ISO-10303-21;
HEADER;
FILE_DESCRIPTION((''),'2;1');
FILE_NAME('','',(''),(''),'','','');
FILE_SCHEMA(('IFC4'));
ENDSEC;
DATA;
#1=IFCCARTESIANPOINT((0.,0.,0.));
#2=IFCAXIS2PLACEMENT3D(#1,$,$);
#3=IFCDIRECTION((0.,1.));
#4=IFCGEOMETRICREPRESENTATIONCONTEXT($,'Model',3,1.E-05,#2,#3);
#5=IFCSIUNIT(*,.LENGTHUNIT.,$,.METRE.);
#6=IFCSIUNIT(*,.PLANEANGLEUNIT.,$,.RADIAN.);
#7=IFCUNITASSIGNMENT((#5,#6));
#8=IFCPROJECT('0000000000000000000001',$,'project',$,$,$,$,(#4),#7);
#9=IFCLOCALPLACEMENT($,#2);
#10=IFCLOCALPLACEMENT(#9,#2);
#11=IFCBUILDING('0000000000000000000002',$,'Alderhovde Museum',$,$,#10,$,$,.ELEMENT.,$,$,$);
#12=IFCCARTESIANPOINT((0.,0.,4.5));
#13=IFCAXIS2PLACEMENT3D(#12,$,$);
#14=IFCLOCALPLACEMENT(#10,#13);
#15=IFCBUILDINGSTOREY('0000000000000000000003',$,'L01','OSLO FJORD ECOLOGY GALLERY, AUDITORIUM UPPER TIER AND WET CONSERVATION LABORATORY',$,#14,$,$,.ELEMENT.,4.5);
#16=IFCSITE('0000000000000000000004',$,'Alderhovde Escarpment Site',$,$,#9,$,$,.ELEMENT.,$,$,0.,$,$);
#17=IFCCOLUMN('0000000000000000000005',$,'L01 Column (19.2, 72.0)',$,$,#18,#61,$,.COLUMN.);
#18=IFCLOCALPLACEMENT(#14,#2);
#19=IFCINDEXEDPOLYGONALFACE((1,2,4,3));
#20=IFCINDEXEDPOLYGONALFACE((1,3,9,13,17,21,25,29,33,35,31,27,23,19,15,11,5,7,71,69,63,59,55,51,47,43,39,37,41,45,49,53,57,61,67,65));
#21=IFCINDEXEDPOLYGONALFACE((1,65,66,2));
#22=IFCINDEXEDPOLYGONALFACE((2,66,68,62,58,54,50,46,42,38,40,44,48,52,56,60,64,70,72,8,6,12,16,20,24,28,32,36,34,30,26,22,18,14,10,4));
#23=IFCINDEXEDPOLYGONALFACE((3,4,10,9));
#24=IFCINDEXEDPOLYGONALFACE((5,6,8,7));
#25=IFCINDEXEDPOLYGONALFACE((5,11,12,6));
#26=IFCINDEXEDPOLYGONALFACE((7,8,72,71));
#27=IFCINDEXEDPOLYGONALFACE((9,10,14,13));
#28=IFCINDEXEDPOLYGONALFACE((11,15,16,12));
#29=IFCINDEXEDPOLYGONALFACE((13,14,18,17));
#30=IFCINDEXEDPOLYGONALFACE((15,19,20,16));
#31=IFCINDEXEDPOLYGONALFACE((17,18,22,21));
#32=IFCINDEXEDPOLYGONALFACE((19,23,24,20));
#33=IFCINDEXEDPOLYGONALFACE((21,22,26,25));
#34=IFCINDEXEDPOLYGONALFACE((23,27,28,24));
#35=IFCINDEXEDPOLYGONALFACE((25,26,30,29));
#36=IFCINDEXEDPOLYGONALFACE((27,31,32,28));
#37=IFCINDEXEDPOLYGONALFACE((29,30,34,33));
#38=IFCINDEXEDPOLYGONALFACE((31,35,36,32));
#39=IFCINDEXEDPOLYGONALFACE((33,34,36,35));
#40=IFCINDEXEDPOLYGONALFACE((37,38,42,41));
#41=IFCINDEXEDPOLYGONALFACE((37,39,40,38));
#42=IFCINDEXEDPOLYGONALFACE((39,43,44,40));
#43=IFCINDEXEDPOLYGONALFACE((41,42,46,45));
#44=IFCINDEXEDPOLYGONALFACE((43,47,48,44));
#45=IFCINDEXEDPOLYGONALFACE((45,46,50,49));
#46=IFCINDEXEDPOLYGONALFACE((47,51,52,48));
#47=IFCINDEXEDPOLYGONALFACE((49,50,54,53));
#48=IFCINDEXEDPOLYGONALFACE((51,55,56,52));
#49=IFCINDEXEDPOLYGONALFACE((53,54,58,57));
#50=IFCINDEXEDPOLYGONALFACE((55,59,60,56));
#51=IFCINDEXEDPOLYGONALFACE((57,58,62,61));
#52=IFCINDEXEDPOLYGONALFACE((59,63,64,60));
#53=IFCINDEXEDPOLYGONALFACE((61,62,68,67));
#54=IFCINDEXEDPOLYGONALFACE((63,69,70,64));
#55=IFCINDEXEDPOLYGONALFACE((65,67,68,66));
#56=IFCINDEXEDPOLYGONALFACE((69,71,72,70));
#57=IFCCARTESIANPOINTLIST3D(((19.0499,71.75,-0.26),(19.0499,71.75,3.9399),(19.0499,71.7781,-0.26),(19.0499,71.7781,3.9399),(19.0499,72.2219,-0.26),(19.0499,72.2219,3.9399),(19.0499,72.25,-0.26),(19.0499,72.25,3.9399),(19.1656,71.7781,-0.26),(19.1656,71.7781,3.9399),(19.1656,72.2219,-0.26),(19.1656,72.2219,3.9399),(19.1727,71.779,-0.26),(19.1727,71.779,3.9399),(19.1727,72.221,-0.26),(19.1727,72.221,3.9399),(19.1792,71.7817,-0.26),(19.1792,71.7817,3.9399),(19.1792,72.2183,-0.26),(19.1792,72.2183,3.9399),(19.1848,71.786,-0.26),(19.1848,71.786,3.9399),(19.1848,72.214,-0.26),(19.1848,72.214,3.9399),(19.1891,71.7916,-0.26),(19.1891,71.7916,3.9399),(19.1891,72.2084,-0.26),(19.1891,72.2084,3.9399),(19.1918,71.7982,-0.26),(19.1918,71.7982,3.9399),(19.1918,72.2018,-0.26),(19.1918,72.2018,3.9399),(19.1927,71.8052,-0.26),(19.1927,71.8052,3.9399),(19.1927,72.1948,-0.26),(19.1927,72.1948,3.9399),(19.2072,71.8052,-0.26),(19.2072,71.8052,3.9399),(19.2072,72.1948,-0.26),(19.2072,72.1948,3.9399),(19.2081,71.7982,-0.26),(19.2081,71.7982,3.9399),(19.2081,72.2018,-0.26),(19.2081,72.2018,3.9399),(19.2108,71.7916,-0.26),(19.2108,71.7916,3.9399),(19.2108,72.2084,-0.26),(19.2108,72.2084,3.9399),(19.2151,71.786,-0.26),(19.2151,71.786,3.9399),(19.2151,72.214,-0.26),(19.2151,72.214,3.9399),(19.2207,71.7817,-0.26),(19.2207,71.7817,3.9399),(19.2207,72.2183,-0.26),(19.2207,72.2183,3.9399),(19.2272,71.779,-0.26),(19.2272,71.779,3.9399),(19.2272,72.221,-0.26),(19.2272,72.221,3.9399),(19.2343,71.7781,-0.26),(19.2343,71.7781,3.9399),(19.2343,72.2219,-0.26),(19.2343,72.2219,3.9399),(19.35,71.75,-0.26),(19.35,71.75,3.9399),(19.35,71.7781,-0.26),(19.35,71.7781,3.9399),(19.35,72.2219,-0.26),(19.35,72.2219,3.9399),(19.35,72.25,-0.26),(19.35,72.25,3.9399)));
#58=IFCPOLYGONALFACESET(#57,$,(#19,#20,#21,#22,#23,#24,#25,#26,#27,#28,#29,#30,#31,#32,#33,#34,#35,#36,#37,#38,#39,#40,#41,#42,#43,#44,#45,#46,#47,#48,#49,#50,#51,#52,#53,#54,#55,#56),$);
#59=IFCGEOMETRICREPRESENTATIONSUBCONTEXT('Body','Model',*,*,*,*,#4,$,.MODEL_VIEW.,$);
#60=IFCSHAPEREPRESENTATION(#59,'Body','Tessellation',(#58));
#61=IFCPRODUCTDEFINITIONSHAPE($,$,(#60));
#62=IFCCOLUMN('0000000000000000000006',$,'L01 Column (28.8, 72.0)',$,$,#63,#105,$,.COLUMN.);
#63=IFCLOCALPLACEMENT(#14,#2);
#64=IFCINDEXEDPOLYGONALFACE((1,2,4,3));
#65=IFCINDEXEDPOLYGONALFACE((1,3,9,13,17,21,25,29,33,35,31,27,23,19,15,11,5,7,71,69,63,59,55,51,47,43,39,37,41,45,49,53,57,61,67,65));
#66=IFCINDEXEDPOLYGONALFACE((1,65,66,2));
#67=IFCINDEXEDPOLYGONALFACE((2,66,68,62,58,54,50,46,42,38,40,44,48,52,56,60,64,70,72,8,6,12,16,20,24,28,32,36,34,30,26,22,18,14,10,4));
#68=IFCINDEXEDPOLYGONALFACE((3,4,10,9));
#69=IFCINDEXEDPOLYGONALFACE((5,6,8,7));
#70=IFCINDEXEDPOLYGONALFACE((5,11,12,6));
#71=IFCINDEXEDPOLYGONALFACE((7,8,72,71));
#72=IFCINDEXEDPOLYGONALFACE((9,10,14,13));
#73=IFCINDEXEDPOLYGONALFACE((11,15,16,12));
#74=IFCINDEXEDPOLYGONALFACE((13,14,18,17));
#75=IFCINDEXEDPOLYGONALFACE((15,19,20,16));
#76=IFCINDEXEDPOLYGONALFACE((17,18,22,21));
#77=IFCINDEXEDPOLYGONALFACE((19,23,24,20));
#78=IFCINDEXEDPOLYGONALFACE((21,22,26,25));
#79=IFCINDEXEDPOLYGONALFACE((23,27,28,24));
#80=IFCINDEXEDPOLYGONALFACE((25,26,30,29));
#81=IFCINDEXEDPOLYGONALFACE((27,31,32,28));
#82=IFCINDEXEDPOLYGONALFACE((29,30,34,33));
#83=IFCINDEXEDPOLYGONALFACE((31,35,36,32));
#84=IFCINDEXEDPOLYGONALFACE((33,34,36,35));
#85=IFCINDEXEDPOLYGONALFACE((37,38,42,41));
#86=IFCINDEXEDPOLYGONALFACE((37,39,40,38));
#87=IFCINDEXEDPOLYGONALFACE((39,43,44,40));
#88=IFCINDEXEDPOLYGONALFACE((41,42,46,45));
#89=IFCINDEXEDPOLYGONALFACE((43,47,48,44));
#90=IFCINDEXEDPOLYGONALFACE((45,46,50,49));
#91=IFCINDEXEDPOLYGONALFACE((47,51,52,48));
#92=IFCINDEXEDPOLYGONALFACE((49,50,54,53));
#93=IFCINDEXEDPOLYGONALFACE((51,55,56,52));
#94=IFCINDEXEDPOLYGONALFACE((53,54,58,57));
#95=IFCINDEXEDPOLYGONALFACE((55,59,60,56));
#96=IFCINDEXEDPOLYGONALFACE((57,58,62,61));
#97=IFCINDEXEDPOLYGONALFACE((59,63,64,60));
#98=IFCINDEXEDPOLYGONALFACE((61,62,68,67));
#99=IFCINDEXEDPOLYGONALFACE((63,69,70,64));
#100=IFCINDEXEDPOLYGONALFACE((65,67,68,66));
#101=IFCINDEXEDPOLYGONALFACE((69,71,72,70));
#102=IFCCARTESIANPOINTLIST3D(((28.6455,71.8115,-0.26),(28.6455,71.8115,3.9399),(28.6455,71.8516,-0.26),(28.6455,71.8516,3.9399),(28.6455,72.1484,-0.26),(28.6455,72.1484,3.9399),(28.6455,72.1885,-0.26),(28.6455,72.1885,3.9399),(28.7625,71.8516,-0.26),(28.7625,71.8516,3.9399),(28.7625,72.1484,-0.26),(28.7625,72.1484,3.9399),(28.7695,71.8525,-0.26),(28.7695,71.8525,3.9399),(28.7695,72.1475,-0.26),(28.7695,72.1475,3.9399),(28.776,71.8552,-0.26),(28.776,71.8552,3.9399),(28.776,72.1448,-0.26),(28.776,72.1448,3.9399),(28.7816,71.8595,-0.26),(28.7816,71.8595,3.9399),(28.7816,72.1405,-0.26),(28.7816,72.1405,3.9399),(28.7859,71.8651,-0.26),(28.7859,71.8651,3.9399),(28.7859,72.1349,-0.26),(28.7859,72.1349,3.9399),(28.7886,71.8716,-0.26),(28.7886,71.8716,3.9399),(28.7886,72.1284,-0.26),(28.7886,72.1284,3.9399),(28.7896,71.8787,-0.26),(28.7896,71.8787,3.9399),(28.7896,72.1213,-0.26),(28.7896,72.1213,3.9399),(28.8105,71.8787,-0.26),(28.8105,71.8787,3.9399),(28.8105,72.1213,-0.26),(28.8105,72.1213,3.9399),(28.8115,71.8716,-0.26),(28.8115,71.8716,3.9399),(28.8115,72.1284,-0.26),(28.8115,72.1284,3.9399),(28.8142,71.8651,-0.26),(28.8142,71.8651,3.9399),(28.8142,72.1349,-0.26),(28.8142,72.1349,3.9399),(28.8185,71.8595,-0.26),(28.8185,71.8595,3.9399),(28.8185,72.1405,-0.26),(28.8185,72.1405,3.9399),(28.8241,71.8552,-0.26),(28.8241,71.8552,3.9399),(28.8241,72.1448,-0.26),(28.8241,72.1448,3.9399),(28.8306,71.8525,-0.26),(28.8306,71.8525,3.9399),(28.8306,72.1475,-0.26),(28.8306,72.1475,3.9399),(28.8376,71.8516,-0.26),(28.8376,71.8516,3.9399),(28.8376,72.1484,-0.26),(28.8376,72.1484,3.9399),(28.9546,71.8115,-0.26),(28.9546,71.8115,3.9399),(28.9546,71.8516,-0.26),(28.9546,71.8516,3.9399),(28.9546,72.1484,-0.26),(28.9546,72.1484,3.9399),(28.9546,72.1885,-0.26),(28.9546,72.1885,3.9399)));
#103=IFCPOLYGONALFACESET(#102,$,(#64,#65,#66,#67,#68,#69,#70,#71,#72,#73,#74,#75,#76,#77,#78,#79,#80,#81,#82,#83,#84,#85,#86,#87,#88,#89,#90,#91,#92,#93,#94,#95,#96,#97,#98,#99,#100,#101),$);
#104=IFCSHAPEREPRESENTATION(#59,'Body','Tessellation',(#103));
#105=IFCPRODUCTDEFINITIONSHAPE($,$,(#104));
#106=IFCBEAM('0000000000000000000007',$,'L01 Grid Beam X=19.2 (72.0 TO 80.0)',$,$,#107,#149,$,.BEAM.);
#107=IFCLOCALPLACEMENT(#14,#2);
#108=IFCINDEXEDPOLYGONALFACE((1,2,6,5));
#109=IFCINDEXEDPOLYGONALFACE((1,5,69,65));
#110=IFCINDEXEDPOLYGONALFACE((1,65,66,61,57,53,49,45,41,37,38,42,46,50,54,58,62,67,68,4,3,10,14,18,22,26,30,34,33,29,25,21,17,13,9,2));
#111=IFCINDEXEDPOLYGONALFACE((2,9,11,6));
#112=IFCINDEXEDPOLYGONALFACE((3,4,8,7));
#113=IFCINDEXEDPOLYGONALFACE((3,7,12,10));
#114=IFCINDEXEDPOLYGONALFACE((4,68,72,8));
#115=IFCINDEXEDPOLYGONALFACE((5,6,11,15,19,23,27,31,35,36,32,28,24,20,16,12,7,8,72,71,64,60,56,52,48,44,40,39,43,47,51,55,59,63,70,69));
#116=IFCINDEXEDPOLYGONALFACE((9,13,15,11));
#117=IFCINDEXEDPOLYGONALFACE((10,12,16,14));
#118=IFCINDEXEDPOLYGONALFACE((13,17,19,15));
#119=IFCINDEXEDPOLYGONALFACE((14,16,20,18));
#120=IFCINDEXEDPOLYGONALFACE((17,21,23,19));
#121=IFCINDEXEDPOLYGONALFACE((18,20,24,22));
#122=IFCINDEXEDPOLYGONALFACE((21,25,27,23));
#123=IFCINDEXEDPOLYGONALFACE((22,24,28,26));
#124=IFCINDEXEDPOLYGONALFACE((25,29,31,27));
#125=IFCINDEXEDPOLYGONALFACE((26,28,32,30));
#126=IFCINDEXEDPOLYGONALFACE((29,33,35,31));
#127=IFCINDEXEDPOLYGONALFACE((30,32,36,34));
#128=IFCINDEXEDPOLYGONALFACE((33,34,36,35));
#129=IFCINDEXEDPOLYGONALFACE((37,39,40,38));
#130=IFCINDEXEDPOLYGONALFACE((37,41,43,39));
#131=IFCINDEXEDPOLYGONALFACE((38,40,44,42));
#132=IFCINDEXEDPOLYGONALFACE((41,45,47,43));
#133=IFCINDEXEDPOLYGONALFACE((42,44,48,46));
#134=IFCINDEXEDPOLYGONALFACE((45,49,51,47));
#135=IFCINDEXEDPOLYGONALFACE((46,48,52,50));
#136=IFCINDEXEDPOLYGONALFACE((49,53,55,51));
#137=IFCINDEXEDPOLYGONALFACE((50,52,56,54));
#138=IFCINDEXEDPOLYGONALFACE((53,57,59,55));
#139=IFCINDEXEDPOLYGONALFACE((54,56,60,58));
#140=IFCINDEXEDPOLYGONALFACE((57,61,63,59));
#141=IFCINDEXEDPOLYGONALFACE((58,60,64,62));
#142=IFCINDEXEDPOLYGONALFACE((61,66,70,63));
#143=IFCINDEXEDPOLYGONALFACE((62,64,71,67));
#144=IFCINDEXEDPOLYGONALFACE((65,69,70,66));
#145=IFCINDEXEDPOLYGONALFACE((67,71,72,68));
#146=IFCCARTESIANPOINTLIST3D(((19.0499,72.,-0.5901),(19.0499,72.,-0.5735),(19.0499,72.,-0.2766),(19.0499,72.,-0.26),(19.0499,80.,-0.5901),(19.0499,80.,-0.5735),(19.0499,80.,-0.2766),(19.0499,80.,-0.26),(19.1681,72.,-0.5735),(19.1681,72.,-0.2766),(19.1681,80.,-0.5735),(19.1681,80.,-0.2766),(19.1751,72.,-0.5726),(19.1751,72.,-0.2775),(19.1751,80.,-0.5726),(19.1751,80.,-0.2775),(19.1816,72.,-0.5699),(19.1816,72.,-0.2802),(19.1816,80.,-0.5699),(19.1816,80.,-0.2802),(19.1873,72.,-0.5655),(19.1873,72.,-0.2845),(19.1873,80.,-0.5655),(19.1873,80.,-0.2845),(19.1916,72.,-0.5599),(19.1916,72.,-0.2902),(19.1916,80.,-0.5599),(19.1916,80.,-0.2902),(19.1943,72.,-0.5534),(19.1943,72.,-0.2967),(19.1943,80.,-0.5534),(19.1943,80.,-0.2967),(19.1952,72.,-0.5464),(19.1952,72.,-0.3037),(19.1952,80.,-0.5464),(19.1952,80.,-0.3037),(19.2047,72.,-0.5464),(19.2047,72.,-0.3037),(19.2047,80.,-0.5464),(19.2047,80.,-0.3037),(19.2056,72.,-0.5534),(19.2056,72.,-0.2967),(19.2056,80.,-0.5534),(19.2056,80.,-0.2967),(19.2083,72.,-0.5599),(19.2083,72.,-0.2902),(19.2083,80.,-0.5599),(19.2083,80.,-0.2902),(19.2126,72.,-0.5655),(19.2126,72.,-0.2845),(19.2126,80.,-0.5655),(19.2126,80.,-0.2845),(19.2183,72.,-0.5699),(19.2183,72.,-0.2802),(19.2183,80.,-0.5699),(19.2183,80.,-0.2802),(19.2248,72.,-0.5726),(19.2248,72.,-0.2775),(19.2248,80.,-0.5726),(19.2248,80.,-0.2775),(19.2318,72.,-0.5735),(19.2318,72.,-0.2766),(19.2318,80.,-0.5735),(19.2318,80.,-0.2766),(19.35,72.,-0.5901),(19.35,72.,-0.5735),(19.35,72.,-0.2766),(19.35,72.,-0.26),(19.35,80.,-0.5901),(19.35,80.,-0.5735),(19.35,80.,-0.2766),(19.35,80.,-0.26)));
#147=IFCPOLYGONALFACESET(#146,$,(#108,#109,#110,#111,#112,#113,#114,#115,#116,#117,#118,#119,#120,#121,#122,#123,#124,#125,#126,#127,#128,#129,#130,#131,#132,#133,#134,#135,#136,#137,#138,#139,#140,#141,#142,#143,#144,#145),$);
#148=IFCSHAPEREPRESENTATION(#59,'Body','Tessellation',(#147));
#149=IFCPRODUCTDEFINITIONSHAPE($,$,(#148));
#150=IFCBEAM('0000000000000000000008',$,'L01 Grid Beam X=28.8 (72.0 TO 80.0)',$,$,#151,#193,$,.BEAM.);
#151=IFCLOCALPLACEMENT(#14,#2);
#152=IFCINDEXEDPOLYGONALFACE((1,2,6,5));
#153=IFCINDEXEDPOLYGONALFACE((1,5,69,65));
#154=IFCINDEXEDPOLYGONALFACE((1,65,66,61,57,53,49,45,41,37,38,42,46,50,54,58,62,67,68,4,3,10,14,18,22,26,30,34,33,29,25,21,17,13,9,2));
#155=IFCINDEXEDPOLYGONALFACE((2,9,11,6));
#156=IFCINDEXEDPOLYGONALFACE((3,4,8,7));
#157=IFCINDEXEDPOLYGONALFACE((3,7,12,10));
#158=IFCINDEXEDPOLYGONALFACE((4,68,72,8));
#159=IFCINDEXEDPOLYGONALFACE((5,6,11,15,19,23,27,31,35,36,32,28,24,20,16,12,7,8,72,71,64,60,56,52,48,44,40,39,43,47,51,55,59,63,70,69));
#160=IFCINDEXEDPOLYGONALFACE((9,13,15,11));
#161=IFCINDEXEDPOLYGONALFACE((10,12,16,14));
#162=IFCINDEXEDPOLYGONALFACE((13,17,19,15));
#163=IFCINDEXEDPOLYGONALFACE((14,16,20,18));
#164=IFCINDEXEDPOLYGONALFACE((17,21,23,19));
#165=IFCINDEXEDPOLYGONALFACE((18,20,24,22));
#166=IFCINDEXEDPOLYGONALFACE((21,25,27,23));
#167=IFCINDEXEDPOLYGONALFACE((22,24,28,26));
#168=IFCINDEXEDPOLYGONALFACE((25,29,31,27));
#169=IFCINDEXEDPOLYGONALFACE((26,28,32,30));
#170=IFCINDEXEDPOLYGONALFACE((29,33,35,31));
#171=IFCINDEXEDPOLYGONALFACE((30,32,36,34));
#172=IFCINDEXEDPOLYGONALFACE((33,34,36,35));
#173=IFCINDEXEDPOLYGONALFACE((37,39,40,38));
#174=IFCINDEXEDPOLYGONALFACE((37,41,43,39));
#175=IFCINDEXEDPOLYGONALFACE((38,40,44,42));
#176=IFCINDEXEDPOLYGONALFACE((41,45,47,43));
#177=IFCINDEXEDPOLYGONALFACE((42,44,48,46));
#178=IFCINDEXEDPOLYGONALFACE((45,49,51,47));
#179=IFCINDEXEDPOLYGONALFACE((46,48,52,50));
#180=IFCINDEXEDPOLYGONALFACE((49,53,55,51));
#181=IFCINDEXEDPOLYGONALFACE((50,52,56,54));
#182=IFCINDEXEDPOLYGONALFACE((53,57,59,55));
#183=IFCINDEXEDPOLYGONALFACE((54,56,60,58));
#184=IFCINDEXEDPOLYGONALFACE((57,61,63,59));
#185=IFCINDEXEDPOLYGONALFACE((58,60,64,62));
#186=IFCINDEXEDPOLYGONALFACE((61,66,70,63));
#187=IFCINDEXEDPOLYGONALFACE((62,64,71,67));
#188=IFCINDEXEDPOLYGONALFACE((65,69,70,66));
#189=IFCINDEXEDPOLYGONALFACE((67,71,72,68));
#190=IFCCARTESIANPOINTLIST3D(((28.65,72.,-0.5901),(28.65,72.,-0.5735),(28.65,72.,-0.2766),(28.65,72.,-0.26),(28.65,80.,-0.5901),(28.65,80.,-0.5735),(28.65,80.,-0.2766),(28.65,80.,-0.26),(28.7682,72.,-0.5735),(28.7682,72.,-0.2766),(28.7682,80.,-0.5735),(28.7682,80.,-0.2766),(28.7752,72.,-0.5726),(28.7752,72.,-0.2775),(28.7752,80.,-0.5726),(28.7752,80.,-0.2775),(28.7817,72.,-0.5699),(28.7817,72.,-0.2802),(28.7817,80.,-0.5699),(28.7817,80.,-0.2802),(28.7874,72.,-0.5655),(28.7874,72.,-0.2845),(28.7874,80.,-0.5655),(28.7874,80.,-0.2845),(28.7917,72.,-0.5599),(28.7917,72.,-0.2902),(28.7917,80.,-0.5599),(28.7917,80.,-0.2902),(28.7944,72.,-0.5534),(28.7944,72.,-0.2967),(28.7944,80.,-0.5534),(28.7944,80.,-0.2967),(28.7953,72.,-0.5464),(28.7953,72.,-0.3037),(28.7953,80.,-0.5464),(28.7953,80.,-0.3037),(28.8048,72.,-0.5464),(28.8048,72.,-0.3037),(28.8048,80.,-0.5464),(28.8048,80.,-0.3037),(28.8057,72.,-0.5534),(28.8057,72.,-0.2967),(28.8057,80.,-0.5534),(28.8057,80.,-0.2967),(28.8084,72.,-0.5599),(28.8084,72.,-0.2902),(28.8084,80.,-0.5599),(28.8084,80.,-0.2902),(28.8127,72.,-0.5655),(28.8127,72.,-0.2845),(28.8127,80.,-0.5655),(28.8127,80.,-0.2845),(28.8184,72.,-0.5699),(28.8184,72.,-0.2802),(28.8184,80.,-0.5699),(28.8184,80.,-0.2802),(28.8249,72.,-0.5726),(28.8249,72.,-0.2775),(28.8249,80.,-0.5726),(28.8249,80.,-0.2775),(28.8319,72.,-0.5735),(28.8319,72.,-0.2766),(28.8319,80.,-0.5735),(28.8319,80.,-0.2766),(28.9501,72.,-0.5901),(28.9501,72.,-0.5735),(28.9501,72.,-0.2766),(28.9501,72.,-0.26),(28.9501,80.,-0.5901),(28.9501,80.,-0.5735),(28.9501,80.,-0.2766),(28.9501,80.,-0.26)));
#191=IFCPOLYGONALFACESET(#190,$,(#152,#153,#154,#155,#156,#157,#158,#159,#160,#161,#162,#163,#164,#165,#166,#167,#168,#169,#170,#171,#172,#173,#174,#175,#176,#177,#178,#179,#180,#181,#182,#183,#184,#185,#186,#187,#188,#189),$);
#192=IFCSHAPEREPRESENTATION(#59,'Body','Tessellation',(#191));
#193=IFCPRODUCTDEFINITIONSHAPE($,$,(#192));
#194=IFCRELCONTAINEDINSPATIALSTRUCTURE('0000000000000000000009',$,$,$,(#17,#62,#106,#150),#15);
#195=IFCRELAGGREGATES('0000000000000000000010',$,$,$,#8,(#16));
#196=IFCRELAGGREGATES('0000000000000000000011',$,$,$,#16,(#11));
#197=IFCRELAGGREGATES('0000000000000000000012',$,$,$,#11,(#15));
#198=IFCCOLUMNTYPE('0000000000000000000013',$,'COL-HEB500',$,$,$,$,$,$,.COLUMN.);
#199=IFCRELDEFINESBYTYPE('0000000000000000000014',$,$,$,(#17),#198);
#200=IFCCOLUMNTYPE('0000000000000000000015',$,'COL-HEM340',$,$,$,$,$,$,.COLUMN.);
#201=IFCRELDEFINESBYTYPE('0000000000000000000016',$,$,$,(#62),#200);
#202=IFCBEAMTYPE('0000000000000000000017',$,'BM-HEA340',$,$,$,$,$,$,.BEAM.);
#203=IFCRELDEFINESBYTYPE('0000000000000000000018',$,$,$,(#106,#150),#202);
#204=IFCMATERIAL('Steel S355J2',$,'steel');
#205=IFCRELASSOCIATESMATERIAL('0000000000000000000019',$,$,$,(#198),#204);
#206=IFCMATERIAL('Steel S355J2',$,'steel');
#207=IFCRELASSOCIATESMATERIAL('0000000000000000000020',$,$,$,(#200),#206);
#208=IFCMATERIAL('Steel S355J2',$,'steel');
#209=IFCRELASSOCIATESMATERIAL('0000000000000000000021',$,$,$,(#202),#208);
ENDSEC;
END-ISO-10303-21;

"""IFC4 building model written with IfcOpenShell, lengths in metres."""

from ifc_helpers import new_model, si_unit, direction, frame, origin, origin_2d, place, context, subcontext, project, spatial, i_section, extrude, material, material_profile, profile_set, type_object, element, save


model = new_model("IFC4")

# Units and contexts
model_context = context("Model", 3, precision=1e-05, world=origin(), true_north=direction((0.0, 1.0)))
body_context = subcontext(model_context, "Body", "Model", "MODEL_VIEW")
ifc_project = project(units=[si_unit("LENGTHUNIT", "METRE"), si_unit("PLANEANGLEUNIT", "RADIAN")], contexts=[model_context])

# Site, building, storey
site_placement = place(None, origin())
site = spatial("IfcSite", under=ifc_project, at=site_placement, Name="Alderhovde Escarpment Site", CompositionType="ELEMENT", RefElevation=0.0)
building_placement = place(site_placement, origin())
building = spatial("IfcBuilding", under=site, at=building_placement, Name="Alderhovde Museum", CompositionType="ELEMENT")
storey_placement = place(building_placement, frame((0.0, 0.0, 4.5)))
storey = spatial("IfcBuildingStorey", under=building, at=storey_placement, Name="L01", Description="OSLO FJORD ECOLOGY GALLERY, AUDITORIUM UPPER TIER AND WET CONSERVATION LABORATORY", CompositionType="ELEMENT", Elevation=4.5)

# Columns
ifc_material_1 = material(Name="Steel S355J2", Category="steel")
ifc_material_profile_1 = material_profile(ifc_material_1, i_section(OverallWidth=0.3, OverallDepth=0.5, WebThickness=0.0144, FlangeThickness=0.0281, FilletRadius=0.0271, at=origin_2d()), Name="HEB 500")
ifc_profile_set_1 = profile_set([ifc_material_profile_1], Name="Steel S355J2")
column_type_1 = type_object("IfcColumnType", Name="COL-HEB500", PredefinedType="COLUMN", material=ifc_profile_set_1)
column_1_placement = place(storey_placement, frame((19.2, 72.0, -0.26), z_axis=(0.0, 0.0, 1.0), x_axis=(1.0, 0.0, 0.0)))
element("IfcColumn", 1, at=column_1_placement, inside=storey, type_object=column_type_1, Name="L01 Column (19.2, 72.0)", PredefinedType="COLUMN", context=body_context, shape_type="SweptSolid", body=[
    extrude(i_section(OverallWidth=0.3, OverallDepth=0.5, WebThickness=0.0144, FlangeThickness=0.0281, FilletRadius=0.0271, at=origin_2d()), origin(), (0.0, 0.0, 1.0), 4.2),
])
ifc_material_2 = material(Name="Steel S355J2", Category="steel")
ifc_material_profile_2 = material_profile(ifc_material_2, i_section(OverallWidth=0.3091, OverallDepth=0.377, WebThickness=0.021, FlangeThickness=0.04, FilletRadius=0.0271, at=origin_2d()), Name="HEM 340")
ifc_profile_set_2 = profile_set([ifc_material_profile_2], Name="Steel S355J2")
column_type_2 = type_object("IfcColumnType", Name="COL-HEM340", PredefinedType="COLUMN", material=ifc_profile_set_2)
column_2_placement = place(storey_placement, frame((28.8, 72.0, -0.26), z_axis=(0.0, 0.0, 1.0), x_axis=(1.0, 0.0, 0.0)))
element("IfcColumn", 2, at=column_2_placement, inside=storey, type_object=column_type_2, Name="L01 Column (28.8, 72.0)", PredefinedType="COLUMN", context=body_context, shape_type="SweptSolid", body=[
    extrude(i_section(OverallWidth=0.3091, OverallDepth=0.377, WebThickness=0.021, FlangeThickness=0.04, FilletRadius=0.0271, at=origin_2d()), origin(), (0.0, 0.0, 1.0), 4.2),
])

# Beams
ifc_material_3 = material(Name="Steel S355J2", Category="steel")
ifc_material_profile_3 = material_profile(ifc_material_3, i_section(OverallWidth=0.3, OverallDepth=0.3301, WebThickness=0.0095, FlangeThickness=0.0166, FilletRadius=0.0271, at=origin_2d()), Name="HEA 340")
ifc_profile_set_3 = profile_set([ifc_material_profile_3], Name="Steel S355J2")
beam_type_1 = type_object("IfcBeamType", Name="BM-HEA340", PredefinedType="BEAM", material=ifc_profile_set_3)
for number, where, z_axis, x_axis, name in (
    (3, (19.2, 72.0, -0.425), (0.0, 1.0, 0.0), (-1.0, 0.0, 0.0), "L01 Grid Beam X=19.2 (72.0 TO 80.0)"),
    (4, (28.8, 72.0, -0.425), (0.0, 1.0, 0.0), (-1.0, 0.0, 0.0), "L01 Grid Beam X=28.8 (72.0 TO 80.0)"),
):
    element("IfcBeam", number, at=place(storey_placement, frame(where, z_axis=z_axis, x_axis=x_axis)), inside=storey, type_object=beam_type_1, Name=name, PredefinedType="BEAM", context=body_context, shape_type="SweptSolid", body=[
        extrude(i_section(OverallWidth=0.3, OverallDepth=0.3301, WebThickness=0.0095, FlangeThickness=0.0166, FilletRadius=0.0271, at=origin_2d()), origin(), (0.0, 0.0, 1.0), 8.0),
    ])

save(model, "model.ifc")
